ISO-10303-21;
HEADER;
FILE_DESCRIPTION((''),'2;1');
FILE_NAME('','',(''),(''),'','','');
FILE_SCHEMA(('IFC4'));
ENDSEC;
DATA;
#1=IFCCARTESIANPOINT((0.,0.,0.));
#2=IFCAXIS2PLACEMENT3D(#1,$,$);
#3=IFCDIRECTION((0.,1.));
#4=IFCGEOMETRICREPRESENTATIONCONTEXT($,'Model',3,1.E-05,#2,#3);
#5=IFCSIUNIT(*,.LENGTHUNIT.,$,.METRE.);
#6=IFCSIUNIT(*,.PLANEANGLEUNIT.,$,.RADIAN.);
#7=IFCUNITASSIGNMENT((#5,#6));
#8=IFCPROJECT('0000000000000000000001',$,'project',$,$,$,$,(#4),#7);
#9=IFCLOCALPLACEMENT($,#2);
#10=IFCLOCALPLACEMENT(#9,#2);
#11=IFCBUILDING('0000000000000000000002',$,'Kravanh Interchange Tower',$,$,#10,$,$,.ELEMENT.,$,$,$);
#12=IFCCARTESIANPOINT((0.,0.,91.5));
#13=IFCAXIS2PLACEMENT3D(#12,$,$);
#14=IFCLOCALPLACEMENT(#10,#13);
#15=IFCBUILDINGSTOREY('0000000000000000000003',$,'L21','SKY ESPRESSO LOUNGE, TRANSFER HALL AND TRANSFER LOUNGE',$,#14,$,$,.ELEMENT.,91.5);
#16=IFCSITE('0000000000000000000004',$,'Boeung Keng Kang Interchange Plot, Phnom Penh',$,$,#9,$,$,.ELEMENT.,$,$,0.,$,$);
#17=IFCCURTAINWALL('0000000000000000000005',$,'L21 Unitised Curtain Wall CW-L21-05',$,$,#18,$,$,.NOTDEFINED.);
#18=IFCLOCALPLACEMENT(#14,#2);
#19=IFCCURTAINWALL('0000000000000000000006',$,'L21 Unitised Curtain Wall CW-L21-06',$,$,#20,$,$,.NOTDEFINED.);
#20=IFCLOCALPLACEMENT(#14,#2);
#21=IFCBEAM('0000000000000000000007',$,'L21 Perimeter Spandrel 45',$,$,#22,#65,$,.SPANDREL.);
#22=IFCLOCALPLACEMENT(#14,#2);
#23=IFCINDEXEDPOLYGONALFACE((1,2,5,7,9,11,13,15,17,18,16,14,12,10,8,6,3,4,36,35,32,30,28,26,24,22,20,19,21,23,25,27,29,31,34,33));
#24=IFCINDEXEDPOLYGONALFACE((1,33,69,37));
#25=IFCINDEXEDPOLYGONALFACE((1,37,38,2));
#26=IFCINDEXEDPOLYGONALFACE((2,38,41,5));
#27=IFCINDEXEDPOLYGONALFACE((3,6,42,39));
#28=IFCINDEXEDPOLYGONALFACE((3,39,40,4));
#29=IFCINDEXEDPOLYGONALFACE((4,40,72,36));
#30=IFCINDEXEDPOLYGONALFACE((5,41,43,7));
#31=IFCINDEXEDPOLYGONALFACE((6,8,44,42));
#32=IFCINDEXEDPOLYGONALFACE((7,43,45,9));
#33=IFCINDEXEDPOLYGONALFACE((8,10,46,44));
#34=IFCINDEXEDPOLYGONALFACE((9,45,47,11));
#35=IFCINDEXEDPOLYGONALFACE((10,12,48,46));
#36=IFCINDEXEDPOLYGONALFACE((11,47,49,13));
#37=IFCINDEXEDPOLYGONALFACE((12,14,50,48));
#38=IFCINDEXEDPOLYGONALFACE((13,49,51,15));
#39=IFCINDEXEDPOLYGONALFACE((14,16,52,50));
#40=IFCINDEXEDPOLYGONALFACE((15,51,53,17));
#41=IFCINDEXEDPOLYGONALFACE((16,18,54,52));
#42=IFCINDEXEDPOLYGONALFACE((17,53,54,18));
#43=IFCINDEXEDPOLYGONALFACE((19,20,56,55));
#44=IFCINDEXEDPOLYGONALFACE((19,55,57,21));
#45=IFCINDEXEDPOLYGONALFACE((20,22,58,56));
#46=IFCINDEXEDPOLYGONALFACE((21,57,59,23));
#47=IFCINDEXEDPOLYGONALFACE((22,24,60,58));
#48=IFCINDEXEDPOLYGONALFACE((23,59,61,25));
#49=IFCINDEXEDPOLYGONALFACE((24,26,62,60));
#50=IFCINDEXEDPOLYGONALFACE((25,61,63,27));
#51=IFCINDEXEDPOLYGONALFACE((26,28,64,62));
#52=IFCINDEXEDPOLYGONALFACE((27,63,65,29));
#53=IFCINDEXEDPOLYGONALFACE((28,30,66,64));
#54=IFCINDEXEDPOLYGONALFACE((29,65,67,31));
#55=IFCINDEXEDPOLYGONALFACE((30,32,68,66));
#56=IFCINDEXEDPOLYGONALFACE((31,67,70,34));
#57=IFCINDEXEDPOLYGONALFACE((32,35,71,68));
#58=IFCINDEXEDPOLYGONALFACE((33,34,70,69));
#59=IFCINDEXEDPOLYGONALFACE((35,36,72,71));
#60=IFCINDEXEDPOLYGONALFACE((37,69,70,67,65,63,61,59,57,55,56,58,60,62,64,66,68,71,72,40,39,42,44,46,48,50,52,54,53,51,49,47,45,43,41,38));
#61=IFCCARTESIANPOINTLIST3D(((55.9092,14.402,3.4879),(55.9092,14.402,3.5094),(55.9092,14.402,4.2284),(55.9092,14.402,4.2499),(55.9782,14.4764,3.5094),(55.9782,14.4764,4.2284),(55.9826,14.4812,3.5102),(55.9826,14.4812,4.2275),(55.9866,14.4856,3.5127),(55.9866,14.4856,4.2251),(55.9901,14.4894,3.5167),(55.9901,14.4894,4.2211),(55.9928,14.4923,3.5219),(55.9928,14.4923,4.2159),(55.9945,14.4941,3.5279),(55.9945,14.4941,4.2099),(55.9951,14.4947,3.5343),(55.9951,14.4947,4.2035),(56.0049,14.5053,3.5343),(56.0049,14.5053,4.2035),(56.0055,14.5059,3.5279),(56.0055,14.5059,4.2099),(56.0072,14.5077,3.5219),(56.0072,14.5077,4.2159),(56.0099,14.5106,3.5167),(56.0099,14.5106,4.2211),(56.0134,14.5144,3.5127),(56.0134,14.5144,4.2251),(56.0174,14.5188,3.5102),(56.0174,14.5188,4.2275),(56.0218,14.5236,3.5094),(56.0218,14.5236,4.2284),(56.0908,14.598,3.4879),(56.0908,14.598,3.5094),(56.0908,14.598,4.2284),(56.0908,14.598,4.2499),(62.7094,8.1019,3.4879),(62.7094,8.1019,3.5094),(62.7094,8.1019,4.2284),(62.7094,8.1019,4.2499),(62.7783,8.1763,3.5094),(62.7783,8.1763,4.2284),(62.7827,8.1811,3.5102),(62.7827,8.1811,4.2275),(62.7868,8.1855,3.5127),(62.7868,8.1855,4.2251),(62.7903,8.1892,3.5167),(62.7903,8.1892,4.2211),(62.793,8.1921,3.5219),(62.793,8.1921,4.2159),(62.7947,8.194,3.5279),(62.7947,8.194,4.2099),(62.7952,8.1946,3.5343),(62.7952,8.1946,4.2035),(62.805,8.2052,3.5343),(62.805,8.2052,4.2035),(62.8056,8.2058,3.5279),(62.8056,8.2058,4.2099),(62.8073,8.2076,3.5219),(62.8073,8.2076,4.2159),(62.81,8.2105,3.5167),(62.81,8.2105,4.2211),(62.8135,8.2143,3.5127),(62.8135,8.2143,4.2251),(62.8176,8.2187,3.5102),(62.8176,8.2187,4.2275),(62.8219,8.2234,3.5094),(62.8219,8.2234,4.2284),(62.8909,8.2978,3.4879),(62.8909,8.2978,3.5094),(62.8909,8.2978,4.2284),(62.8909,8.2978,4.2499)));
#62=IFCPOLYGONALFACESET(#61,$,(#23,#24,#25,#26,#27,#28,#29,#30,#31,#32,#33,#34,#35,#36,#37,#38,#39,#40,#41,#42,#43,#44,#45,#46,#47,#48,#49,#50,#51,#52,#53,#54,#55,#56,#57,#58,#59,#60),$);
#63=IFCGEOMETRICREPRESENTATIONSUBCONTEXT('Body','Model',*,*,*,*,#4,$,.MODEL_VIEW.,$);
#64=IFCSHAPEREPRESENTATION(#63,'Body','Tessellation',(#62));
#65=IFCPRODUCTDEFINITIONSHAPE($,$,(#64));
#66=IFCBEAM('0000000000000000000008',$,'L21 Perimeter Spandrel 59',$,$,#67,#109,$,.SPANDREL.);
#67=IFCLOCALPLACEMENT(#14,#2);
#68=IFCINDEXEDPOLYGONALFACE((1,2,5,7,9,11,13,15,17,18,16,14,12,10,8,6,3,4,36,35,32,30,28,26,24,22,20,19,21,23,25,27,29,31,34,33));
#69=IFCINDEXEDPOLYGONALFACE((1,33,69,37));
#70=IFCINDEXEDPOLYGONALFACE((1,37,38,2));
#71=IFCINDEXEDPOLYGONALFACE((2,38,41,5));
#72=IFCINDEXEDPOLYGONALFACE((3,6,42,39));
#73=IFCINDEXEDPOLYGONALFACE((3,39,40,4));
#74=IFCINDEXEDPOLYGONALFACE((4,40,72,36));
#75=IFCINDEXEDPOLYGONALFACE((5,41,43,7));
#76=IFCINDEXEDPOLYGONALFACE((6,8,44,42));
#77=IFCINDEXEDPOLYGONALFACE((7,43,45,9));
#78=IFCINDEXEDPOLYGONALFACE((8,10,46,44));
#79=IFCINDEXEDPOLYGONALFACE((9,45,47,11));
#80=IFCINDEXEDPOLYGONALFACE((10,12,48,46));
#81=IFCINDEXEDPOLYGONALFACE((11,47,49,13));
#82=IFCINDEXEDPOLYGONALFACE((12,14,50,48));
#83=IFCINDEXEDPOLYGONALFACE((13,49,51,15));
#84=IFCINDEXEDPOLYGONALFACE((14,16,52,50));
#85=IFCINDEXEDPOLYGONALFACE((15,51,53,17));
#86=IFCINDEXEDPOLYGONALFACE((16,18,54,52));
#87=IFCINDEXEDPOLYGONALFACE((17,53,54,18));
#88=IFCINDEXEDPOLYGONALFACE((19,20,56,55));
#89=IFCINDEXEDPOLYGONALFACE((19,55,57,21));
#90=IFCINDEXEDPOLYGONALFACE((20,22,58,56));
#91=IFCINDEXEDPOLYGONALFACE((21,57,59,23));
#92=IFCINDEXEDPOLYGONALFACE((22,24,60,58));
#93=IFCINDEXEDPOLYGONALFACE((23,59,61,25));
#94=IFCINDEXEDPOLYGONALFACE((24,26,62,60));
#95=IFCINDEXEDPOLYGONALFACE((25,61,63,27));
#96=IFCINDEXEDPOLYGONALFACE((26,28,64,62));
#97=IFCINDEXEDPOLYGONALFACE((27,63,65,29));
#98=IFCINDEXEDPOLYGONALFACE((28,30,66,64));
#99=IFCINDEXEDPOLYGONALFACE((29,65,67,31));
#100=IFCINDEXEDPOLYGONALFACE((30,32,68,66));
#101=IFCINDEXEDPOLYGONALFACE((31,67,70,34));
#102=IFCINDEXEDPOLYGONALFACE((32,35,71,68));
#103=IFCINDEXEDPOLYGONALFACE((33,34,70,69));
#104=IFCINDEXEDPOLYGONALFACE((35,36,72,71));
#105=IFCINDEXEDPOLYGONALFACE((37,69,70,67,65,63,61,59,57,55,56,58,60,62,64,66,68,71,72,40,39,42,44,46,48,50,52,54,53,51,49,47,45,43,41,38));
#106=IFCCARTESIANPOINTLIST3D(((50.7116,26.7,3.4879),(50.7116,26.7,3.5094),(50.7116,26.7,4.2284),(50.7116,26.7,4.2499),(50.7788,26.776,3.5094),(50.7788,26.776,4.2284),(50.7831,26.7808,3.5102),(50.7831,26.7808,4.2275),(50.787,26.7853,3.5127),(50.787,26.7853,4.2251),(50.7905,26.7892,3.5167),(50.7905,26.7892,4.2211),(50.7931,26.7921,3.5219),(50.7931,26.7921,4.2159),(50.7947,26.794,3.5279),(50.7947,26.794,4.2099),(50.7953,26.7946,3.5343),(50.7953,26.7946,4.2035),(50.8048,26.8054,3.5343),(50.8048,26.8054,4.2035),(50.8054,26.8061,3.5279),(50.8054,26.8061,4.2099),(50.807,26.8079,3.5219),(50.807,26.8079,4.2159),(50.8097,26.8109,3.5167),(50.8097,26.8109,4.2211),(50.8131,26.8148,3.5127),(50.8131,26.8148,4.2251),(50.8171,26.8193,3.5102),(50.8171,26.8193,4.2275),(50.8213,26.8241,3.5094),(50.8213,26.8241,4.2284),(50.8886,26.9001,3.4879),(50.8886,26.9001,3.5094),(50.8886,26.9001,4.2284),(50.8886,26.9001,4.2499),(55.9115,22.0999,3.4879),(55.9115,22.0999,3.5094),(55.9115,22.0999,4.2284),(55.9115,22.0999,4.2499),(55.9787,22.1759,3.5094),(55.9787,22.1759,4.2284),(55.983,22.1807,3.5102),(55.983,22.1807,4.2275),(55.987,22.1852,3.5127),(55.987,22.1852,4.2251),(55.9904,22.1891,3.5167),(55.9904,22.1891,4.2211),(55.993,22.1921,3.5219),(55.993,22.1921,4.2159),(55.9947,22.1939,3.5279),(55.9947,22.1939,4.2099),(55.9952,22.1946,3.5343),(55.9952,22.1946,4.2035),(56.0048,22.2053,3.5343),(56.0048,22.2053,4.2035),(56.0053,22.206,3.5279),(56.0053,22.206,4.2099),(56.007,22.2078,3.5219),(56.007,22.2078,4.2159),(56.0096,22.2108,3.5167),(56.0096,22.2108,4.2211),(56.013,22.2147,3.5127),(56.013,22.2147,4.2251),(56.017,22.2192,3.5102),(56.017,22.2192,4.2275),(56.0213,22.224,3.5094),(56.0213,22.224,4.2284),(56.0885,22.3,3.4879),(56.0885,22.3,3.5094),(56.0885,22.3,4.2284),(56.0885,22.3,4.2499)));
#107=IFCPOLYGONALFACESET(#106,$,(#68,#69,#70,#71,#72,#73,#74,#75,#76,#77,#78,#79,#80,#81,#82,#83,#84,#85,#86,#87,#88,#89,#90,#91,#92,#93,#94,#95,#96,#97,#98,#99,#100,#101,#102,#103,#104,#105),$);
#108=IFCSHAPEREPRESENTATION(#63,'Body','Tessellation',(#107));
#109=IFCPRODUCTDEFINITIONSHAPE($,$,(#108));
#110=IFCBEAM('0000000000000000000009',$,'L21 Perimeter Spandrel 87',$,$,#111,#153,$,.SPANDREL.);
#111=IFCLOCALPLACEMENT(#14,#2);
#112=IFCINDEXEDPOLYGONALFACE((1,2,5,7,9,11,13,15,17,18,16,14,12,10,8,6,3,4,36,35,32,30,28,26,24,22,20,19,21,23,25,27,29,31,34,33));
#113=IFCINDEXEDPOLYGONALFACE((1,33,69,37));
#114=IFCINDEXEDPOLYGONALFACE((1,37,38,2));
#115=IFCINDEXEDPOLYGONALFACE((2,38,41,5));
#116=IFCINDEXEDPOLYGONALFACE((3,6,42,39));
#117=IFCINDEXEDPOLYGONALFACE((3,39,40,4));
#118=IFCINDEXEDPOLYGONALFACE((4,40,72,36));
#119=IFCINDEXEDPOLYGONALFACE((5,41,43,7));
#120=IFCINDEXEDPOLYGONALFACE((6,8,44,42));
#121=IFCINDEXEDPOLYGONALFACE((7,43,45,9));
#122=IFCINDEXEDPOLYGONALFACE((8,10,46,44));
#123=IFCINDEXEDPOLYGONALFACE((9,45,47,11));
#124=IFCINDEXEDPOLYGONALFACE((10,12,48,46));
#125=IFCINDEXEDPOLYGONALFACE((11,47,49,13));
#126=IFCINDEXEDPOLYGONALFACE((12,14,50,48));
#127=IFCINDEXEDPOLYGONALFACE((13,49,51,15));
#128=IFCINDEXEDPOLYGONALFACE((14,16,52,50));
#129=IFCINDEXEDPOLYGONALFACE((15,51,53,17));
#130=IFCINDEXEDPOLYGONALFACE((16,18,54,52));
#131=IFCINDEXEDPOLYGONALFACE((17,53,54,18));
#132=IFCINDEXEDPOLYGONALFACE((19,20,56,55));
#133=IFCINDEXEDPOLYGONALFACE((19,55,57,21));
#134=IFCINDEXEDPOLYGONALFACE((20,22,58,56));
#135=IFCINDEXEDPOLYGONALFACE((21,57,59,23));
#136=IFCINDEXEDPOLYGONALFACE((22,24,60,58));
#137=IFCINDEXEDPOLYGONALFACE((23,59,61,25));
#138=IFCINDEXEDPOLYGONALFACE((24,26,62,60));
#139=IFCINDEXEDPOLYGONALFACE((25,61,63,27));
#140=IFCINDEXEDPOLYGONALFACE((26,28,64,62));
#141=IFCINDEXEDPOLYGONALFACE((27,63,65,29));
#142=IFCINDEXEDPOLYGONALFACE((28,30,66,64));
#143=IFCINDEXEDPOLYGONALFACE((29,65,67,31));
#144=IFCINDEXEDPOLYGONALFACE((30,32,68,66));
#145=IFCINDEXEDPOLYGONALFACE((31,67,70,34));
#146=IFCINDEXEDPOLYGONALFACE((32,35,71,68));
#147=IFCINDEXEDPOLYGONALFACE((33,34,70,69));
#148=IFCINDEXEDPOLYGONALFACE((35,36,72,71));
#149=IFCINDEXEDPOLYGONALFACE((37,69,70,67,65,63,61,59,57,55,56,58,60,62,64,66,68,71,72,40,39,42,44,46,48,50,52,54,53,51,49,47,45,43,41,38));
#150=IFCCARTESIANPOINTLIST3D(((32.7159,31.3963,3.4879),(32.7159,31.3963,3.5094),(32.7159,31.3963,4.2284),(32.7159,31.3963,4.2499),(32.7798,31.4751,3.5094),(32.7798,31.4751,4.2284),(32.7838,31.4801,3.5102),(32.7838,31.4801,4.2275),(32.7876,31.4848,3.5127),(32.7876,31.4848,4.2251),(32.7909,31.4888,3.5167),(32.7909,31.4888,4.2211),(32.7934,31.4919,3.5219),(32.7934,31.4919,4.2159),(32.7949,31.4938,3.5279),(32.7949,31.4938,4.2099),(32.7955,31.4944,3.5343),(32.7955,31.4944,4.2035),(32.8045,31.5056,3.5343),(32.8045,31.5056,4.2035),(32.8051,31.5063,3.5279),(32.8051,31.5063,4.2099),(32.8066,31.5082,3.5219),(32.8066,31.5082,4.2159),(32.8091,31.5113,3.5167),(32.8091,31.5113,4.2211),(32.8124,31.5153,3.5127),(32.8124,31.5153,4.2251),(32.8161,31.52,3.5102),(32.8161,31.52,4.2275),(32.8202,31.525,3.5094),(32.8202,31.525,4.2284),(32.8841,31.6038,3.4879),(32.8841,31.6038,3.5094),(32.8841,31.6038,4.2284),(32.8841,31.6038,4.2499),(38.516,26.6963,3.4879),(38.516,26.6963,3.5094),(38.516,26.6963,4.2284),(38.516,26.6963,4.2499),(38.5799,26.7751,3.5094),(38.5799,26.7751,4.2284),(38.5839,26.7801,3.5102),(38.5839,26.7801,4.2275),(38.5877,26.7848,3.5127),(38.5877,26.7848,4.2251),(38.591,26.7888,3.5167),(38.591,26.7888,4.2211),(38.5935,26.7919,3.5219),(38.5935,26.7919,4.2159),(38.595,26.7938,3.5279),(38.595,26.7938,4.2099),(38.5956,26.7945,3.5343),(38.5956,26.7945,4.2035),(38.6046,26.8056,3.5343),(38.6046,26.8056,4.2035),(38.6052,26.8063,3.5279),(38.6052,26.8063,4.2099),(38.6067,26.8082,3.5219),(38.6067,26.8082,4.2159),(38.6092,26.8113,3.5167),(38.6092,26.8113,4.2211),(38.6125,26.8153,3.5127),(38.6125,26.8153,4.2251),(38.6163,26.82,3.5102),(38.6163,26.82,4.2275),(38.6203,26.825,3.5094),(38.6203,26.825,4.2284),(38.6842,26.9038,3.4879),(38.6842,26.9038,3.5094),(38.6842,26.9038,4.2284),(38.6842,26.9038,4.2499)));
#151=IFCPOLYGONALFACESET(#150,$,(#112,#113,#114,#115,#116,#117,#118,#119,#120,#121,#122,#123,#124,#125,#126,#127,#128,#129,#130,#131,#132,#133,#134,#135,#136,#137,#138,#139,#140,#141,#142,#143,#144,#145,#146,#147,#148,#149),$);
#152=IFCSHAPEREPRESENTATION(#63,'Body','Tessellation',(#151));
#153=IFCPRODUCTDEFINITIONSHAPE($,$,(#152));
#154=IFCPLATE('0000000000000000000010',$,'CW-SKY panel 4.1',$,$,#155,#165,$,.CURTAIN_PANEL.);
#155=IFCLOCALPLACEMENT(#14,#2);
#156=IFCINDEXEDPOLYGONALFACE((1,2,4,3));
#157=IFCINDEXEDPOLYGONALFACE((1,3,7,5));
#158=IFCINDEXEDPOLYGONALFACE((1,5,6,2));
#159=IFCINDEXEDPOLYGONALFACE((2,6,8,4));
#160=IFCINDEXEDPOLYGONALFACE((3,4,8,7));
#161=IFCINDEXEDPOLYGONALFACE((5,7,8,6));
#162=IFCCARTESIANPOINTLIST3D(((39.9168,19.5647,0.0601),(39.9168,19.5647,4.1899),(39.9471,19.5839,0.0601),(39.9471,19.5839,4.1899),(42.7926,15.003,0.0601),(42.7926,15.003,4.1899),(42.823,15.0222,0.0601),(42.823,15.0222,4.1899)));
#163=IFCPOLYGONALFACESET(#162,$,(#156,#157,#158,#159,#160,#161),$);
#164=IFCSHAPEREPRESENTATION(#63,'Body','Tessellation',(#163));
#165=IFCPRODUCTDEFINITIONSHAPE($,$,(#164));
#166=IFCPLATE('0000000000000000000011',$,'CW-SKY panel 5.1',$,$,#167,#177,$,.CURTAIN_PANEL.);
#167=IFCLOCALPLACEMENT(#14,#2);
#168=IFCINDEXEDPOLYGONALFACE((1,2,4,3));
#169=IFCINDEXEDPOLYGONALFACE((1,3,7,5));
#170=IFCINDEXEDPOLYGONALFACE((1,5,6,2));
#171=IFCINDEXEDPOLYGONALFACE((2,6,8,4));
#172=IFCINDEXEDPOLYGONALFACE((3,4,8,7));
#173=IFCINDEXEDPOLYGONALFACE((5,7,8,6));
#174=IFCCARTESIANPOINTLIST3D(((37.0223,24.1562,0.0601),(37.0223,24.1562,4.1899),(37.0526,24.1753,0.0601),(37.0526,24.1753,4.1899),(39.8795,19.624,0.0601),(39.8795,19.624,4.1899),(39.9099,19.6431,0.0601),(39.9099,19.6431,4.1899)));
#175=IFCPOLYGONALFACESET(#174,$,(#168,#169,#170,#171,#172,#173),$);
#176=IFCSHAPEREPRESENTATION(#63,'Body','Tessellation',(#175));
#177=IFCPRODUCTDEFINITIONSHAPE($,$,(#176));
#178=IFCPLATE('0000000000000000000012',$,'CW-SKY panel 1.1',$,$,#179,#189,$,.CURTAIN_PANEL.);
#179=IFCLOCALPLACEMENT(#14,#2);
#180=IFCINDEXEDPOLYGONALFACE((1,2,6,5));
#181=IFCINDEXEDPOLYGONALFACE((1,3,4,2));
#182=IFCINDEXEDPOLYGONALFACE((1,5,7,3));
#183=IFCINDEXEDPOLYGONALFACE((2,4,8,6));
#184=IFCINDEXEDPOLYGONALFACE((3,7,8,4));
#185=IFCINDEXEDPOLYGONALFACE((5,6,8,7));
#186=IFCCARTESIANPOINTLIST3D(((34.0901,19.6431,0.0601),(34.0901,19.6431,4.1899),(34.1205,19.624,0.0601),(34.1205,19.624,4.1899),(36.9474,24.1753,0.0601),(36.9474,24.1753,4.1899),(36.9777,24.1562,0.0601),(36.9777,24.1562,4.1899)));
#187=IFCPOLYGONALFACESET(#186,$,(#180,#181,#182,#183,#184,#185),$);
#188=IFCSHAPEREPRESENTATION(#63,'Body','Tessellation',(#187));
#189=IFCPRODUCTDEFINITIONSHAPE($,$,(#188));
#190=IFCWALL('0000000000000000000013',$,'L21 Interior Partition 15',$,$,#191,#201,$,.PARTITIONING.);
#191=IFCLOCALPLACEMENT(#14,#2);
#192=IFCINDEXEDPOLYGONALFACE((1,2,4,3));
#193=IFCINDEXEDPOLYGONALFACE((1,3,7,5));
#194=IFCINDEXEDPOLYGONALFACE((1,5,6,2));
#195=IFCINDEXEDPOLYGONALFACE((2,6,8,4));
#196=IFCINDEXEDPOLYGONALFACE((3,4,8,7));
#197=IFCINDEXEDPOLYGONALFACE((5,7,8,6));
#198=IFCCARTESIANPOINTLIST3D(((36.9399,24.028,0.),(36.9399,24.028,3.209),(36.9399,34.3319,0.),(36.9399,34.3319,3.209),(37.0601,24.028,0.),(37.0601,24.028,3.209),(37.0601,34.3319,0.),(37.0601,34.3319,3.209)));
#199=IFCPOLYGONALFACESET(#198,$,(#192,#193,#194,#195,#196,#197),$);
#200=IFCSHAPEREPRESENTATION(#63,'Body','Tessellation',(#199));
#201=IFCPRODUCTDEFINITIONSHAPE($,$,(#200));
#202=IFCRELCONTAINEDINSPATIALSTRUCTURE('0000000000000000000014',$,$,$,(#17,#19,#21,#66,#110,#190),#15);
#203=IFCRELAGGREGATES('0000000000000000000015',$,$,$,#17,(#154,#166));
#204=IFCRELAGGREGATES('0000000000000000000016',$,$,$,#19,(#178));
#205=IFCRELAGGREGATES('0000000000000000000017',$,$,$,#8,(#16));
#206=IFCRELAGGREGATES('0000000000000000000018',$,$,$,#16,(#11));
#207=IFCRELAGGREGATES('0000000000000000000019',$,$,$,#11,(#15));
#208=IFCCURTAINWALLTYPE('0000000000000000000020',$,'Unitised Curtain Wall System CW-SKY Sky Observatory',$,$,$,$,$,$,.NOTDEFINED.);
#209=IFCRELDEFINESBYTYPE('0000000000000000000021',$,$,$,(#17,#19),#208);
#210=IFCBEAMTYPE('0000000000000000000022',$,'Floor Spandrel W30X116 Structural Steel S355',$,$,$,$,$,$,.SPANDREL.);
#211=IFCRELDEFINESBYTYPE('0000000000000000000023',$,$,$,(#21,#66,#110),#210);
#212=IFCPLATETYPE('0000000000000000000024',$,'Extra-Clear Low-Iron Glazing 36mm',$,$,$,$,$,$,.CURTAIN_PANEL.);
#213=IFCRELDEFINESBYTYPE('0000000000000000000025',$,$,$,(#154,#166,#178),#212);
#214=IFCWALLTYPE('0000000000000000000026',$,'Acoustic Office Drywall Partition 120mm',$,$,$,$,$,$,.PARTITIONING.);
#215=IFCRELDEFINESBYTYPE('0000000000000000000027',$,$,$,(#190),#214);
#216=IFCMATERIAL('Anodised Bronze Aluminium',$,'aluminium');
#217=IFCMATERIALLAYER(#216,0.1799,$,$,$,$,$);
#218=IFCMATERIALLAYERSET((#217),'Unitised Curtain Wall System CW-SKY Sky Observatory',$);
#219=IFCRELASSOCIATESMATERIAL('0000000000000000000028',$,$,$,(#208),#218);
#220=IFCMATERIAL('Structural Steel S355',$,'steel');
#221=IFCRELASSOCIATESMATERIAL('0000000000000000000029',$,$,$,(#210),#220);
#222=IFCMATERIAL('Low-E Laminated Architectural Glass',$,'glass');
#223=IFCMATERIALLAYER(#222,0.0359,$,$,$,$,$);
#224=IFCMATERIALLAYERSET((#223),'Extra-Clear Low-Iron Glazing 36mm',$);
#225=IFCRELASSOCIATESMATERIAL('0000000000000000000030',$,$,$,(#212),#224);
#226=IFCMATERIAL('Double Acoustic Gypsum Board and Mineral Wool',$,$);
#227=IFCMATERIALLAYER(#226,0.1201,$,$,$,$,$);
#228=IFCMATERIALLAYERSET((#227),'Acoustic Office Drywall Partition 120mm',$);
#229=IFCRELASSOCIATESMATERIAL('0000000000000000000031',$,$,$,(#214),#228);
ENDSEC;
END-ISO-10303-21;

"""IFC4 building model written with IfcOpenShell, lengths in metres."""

from ifc_helpers import new_model, si_unit, direction, frame, frame_2d, origin, origin_2d, place, context, subcontext, project, spatial, rectangle, i_section, extrude, material, layer, layer_set, material_profile, profile_set, type_object, element, aggregate, save


model = new_model("IFC4")

# Units and contexts
model_context = context("Model", 3, precision=1e-05, world=origin(), true_north=direction((0.0, 1.0)))
body_context = subcontext(model_context, "Body", "Model", "MODEL_VIEW")
ifc_project = project(units=[si_unit("LENGTHUNIT", "METRE"), si_unit("PLANEANGLEUNIT", "RADIAN")], contexts=[model_context])

# Site, building, storey
site_placement = place(None, origin())
site = spatial("IfcSite", under=ifc_project, at=site_placement, Name="Boeung Keng Kang Interchange Plot, Phnom Penh", CompositionType="ELEMENT", RefElevation=0.0)
building_placement = place(site_placement, origin())
building = spatial("IfcBuilding", under=site, at=building_placement, Name="Kravanh Interchange Tower", CompositionType="ELEMENT")
storey_placement = place(building_placement, frame((0.0, 0.0, 91.5)))
storey = spatial("IfcBuildingStorey", under=building, at=storey_placement, Name="L21", Description="SKY ESPRESSO LOUNGE, TRANSFER HALL AND TRANSFER LOUNGE", CompositionType="ELEMENT", Elevation=91.5)

# Curtain wall
ifc_material_1 = material(Name="Anodised Bronze Aluminium", Category="aluminium")
ifc_layer_1 = layer(ifc_material_1, 0.1799)
ifc_layer_set_1 = layer_set([ifc_layer_1], Name="Unitised Curtain Wall System CW-SKY Sky Observatory")
curtain_wall_type = type_object("IfcCurtainWallType", Name="Unitised Curtain Wall System CW-SKY Sky Observatory", PredefinedType="NOTDEFINED", material=ifc_layer_set_1)
curtain_wall_1_placement = place(storey_placement, origin())
curtain_wall_1 = element("IfcCurtainWall", 1, at=curtain_wall_1_placement, inside=storey, type_object=curtain_wall_type, Name="L21 Unitised Curtain Wall CW-L21-05", PredefinedType="NOTDEFINED")

# Curtain wall
curtain_wall_2_placement = place(storey_placement, origin())
curtain_wall_2 = element("IfcCurtainWall", 2, at=curtain_wall_2_placement, inside=storey, type_object=curtain_wall_type, Name="L21 Unitised Curtain Wall CW-L21-06", PredefinedType="NOTDEFINED")

# Beams
ifc_material_2 = material(Name="Structural Steel S355", Category="steel")
ifc_material_profile_1 = material_profile(ifc_material_2, i_section(OverallWidth=0.2671, OverallDepth=0.762, WebThickness=0.0144, FlangeThickness=0.0215, FilletRadius=0.0249, at=origin_2d()), Name="W30X116")
ifc_profile_set_1 = profile_set([ifc_material_profile_1], Name="Structural Steel S355")
beam_type_1 = type_object("IfcBeamType", Name="Floor Spandrel W30X116 Structural Steel S355", PredefinedType="SPANDREL", material=ifc_profile_set_1)
beam_1_placement = place(storey_placement, frame((56.0, 14.5, 3.8689), z_axis=(0.733561, -0.679623, 0.0), x_axis=(0.679623, 0.733561, 0.0)))
element("IfcBeam", 3, at=beam_1_placement, inside=storey, type_object=beam_type_1, Name="L21 Perimeter Spandrel 45", PredefinedType="SPANDREL", context=body_context, shape_type="SweptSolid", body=[
    extrude(i_section(OverallWidth=0.2671, OverallDepth=0.762, WebThickness=0.0144, FlangeThickness=0.0215, FilletRadius=0.0249, at=origin_2d()), origin(), (0.0, 0.0, 1.0), 9.27),
])
beam_2_placement = place(storey_placement, frame((56.0, 22.2, 3.8689), z_axis=(-0.748986, 0.662585, 0.0), x_axis=(-0.662585, -0.748986, 0.0)))
element("IfcBeam", 4, at=beam_2_placement, inside=storey, type_object=beam_type_1, Name="L21 Perimeter Spandrel 59", PredefinedType="SPANDREL", context=body_context, shape_type="SweptSolid", body=[
    extrude(i_section(OverallWidth=0.2671, OverallDepth=0.762, WebThickness=0.0144, FlangeThickness=0.0215, FilletRadius=0.0249, at=origin_2d()), origin(), (0.0, 0.0, 1.0), 6.9426),
])
beam_3_placement = place(storey_placement, frame((38.6001, 26.8, 3.8689), z_axis=(-0.776939, 0.629576, 0.0), x_axis=(-0.629576, -0.776939, 0.0)))
element("IfcBeam", 5, at=beam_3_placement, inside=storey, type_object=beam_type_1, Name="L21 Perimeter Spandrel 87", PredefinedType="SPANDREL", context=body_context, shape_type="SweptSolid", body=[
    extrude(i_section(OverallWidth=0.2671, OverallDepth=0.762, WebThickness=0.0144, FlangeThickness=0.0215, FilletRadius=0.0249, at=origin_2d()), origin(), (0.0, 0.0, 1.0), 7.4653),
])

# Plates
ifc_material_3 = material(Name="Low-E Laminated Architectural Glass", Category="glass")
ifc_layer_2 = layer(ifc_material_3, 0.0359)
ifc_layer_set_2 = layer_set([ifc_layer_2], Name="Extra-Clear Low-Iron Glazing 36mm")
plate_type = type_object("IfcPlateType", Name="Extra-Clear Low-Iron Glazing 36mm", PredefinedType="CURTAIN_PANEL", material=ifc_layer_set_2)
plate_1_placement = place(storey_placement, frame((41.3699, 17.2935, 0.0601), z_axis=(0.0, 0.0, 1.0), x_axis=(-0.533301, 0.845926, 0.0)))
plate_1 = element("IfcPlate", 6, at=plate_1_placement, type_object=plate_type, Name="CW-SKY panel 4.1", PredefinedType="CURTAIN_PANEL", context=body_context, shape_type="SweptSolid", body=[
    extrude(rectangle(XDim=5.3926, YDim=0.0359, at=origin_2d()), origin(), (0.0, 0.0, 1.0), 4.1299),
])
plate_2_placement = place(storey_placement, frame((38.4661, 21.8997, 0.0601), z_axis=(0.0, 0.0, 1.0), x_axis=(-0.533301, 0.845926, 0.0)))
plate_2 = element("IfcPlate", 7, at=plate_2_placement, type_object=plate_type, Name="CW-SKY panel 5.1", PredefinedType="CURTAIN_PANEL", context=body_context, shape_type="SweptSolid", body=[
    extrude(rectangle(XDim=5.3577, YDim=0.0359, at=origin_2d()), origin(), (0.0, 0.0, 1.0), 4.1299),
])
aggregate(curtain_wall_1, [plate_1, plate_2])
plate_3_placement = place(storey_placement, frame((35.5339, 21.8997, 0.0601), z_axis=(0.0, 0.0, 1.0), x_axis=(-0.533301, -0.845926, 0.0)))
plate_3 = element("IfcPlate", 8, at=plate_3_placement, type_object=plate_type, Name="CW-SKY panel 1.1", PredefinedType="CURTAIN_PANEL", context=body_context, shape_type="SweptSolid", body=[
    extrude(rectangle(XDim=5.3577, YDim=0.0359, at=origin_2d()), origin(), (0.0, 0.0, 1.0), 4.1299),
])
aggregate(curtain_wall_2, [plate_3])

# Wall
ifc_material_4 = material(Name="Double Acoustic Gypsum Board and Mineral Wool")
ifc_layer_3 = layer(ifc_material_4, 0.1201)
ifc_layer_set_3 = layer_set([ifc_layer_3], Name="Acoustic Office Drywall Partition 120mm")
wall_type = type_object("IfcWallType", Name="Acoustic Office Drywall Partition 120mm", PredefinedType="PARTITIONING", material=ifc_layer_set_3)
wall_placement = place(storey_placement, frame((37.0, 24.0281, 0.0), z_axis=(0.0, 0.0, 1.0), x_axis=(0.0, 1.0, 0.0)))
element("IfcWall", 9, at=wall_placement, inside=storey, type_object=wall_type, Name="L21 Interior Partition 15", PredefinedType="PARTITIONING", context=body_context, shape_type="SweptSolid", body=[
    extrude(rectangle(XDim=10.304, YDim=0.1201, at=frame_2d((5.1519, 0.0))), origin(), (0.0, 0.0, 1.0), 3.209),
])

save(model, "model.ifc")
